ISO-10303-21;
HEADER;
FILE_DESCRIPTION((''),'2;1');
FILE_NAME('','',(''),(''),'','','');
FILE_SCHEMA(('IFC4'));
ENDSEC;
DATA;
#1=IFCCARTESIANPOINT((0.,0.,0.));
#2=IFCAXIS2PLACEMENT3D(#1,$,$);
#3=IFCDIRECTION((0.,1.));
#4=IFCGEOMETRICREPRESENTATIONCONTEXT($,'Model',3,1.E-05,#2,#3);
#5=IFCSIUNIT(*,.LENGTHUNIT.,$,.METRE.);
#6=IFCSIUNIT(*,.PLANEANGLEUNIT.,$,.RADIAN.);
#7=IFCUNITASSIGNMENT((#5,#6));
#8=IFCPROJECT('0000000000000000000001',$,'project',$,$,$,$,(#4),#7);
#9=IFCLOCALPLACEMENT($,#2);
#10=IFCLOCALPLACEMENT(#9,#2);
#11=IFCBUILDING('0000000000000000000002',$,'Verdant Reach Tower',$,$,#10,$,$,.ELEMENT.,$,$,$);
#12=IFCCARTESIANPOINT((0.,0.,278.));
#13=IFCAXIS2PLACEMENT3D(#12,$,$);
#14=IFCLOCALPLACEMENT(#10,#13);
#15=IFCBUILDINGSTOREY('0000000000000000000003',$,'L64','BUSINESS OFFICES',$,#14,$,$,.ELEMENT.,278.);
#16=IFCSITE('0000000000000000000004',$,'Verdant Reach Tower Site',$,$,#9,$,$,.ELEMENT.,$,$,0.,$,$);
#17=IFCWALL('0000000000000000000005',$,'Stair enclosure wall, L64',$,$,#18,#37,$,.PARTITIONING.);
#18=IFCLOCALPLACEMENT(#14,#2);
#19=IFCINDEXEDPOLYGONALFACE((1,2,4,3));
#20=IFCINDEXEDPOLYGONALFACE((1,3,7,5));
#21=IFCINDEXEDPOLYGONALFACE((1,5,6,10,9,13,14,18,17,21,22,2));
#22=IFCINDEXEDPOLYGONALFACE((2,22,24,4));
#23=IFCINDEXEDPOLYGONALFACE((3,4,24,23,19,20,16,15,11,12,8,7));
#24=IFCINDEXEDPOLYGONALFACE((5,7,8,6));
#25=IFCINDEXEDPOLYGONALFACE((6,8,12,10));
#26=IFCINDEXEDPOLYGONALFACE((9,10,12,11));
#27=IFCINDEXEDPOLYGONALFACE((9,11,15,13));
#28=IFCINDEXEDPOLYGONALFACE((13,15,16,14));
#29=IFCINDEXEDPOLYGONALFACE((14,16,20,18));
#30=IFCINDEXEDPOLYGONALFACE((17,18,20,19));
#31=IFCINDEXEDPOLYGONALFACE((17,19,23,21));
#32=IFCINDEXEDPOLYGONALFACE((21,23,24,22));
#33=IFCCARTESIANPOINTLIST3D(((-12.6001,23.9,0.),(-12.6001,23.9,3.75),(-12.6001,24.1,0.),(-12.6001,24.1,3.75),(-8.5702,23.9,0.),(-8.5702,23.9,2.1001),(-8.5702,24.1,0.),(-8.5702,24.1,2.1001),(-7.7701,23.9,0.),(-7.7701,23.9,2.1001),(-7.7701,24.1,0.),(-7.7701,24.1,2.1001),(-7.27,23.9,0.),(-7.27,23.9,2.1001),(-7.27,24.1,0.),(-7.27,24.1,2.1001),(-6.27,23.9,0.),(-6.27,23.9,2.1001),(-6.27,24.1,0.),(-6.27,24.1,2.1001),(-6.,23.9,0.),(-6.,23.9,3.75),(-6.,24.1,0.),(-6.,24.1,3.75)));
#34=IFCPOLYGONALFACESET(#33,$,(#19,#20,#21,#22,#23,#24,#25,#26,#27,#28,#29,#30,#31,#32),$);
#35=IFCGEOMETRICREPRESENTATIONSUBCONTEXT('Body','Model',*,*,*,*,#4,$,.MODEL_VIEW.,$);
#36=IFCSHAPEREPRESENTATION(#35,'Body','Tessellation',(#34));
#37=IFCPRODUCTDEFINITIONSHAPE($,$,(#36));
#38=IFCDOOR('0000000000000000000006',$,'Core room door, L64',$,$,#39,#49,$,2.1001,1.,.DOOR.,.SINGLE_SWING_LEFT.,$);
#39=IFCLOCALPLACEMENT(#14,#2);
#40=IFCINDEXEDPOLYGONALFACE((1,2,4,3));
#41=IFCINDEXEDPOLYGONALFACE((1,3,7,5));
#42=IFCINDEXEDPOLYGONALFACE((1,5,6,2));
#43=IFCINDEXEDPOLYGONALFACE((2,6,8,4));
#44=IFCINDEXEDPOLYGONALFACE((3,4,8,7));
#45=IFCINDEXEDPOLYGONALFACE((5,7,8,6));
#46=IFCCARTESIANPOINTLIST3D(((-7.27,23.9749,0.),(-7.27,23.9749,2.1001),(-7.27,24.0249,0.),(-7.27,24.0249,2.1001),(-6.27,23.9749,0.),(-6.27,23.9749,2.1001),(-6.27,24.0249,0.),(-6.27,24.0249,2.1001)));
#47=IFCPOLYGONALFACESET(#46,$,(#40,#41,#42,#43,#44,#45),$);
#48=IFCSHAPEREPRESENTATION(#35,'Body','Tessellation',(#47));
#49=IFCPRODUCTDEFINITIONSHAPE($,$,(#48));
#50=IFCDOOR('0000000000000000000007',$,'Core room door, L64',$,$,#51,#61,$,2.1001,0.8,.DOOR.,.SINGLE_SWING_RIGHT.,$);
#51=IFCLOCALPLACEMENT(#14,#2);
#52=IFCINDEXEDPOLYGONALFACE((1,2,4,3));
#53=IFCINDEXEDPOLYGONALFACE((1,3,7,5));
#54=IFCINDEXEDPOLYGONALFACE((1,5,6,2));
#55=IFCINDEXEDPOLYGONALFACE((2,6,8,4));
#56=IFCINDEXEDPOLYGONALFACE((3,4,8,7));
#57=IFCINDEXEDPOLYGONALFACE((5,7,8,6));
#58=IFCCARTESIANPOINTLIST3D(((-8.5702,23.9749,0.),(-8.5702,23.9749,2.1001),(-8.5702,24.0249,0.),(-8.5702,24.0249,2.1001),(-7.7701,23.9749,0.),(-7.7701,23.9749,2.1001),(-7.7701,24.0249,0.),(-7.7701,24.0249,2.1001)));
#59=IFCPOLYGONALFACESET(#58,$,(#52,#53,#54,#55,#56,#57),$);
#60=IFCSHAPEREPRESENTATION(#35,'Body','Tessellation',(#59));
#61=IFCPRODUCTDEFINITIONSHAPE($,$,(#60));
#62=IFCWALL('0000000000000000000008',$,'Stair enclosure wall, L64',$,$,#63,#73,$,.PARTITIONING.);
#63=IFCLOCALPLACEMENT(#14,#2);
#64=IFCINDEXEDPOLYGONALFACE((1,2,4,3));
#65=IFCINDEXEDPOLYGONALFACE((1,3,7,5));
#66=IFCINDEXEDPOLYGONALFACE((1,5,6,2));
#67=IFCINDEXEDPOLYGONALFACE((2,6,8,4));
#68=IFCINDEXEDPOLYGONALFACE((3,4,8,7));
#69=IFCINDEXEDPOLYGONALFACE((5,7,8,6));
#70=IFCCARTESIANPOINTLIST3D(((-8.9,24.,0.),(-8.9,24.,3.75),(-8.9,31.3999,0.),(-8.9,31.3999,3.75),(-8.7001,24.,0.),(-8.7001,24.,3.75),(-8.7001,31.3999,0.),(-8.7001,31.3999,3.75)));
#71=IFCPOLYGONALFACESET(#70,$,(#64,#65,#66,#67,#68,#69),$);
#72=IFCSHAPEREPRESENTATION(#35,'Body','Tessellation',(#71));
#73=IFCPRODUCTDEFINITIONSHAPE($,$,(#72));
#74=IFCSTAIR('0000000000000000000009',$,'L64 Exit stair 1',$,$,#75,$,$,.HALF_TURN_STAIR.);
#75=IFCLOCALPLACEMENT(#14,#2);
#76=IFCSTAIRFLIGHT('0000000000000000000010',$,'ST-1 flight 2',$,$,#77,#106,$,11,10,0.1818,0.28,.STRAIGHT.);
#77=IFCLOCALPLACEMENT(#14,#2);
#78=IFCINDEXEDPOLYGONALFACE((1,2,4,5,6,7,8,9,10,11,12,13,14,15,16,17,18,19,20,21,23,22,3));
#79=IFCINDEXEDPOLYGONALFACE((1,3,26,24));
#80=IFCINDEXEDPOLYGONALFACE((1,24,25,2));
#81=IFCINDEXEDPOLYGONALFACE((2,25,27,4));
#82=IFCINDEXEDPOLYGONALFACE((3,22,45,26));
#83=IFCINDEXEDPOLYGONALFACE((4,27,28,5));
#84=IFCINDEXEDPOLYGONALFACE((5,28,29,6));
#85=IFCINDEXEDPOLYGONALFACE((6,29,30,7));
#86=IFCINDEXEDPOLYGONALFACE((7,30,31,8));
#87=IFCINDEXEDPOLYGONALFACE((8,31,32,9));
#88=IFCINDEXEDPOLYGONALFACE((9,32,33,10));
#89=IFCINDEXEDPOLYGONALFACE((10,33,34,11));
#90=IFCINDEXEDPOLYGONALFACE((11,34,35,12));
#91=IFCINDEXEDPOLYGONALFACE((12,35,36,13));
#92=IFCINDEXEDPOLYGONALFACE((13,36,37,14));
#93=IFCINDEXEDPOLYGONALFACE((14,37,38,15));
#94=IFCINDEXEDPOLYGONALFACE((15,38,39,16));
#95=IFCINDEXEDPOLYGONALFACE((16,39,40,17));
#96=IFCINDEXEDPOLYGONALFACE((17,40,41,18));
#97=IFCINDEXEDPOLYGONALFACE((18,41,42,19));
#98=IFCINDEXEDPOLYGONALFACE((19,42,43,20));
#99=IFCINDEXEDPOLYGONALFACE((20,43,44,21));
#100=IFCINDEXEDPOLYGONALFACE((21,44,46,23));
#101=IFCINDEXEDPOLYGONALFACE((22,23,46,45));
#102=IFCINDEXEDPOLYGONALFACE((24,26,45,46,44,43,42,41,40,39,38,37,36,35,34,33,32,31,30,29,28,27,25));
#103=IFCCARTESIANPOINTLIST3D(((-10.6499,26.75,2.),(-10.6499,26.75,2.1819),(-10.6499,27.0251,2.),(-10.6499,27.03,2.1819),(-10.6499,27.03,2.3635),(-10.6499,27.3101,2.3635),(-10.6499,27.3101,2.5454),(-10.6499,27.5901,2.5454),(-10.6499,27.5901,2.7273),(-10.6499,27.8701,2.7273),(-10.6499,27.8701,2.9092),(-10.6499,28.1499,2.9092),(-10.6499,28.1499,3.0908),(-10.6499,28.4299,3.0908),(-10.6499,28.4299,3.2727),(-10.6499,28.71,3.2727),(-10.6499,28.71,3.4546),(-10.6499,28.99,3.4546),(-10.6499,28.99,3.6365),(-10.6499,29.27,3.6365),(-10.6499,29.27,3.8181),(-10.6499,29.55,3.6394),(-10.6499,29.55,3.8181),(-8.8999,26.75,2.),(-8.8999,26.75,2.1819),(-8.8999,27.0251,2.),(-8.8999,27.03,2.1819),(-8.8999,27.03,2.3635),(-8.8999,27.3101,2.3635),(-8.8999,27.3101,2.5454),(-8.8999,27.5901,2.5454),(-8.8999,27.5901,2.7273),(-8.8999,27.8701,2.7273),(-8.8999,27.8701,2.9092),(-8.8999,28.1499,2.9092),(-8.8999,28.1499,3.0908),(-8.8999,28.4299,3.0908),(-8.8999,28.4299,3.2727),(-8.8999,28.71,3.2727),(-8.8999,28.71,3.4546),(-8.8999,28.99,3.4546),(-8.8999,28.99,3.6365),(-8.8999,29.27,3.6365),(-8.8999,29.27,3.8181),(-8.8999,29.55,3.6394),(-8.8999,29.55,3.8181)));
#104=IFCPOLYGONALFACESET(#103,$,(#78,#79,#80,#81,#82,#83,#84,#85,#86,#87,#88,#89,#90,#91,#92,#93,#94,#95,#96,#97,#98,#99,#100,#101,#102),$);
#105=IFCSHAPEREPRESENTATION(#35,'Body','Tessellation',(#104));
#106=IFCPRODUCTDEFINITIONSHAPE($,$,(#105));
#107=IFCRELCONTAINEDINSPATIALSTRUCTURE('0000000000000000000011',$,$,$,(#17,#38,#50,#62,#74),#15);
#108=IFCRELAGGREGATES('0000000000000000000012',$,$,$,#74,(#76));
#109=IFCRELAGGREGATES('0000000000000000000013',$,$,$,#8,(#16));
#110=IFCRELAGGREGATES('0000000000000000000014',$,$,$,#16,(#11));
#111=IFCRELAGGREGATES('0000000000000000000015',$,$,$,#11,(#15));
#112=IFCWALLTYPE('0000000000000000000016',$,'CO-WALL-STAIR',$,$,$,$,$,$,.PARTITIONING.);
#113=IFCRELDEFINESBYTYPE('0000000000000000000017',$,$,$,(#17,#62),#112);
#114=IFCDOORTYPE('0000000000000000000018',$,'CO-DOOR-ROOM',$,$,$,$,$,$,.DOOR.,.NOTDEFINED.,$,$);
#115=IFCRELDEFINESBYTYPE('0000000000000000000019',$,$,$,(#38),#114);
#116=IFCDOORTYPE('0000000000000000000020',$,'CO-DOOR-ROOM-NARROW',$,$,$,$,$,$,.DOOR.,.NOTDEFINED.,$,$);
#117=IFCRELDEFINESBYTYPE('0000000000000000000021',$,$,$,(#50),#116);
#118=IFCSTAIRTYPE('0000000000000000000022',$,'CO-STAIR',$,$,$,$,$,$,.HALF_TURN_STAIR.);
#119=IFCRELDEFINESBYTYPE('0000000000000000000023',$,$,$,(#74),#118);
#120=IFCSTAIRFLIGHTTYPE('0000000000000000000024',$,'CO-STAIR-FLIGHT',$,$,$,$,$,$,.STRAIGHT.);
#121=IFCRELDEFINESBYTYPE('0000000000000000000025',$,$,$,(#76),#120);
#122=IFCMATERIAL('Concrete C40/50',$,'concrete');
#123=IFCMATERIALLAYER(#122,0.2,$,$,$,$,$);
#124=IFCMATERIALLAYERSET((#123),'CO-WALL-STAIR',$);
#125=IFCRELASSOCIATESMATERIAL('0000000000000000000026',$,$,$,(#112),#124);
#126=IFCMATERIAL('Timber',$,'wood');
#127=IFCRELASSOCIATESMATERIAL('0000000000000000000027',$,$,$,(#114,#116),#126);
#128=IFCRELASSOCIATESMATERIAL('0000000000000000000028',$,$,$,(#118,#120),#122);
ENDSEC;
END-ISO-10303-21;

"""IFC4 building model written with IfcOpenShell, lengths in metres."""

from ifc_helpers import new_model, si_unit, direction, frame, frame_2d, origin, place, context, subcontext, project, spatial, polyline, rectangle, outline, extrude, material, layer, layer_set, type_object, element, fill, aggregate, save


model = new_model("IFC4")

# Units and contexts
model_context = context("Model", 3, precision=1e-05, world=origin(), true_north=direction((0.0, 1.0)))
body_context = subcontext(model_context, "Body", "Model", "MODEL_VIEW")
ifc_project = project(units=[si_unit("LENGTHUNIT", "METRE"), si_unit("PLANEANGLEUNIT", "RADIAN")], contexts=[model_context])

# Site, building, storey
site_placement = place(None, origin())
site = spatial("IfcSite", under=ifc_project, at=site_placement, Name="Verdant Reach Tower Site", CompositionType="ELEMENT", RefElevation=0.0)
building_placement = place(site_placement, origin())
building = spatial("IfcBuilding", under=site, at=building_placement, Name="Verdant Reach Tower", CompositionType="ELEMENT")
storey_placement = place(building_placement, frame((0.0, 0.0, 278.0)))
storey = spatial("IfcBuildingStorey", under=building, at=storey_placement, Name="L64", Description="BUSINESS OFFICES", CompositionType="ELEMENT", Elevation=278.0)

# Shared definitions
ifc_material_1 = material(Name="Concrete C40/50", Category="concrete")

# Wall, openings, doors
ifc_layer_1 = layer(ifc_material_1, 0.2)
ifc_layer_set_1 = layer_set([ifc_layer_1], Name="CO-WALL-STAIR")
wall_type_1 = type_object("IfcWallType", Name="CO-WALL-STAIR", PredefinedType="PARTITIONING", material=ifc_layer_set_1)
wall_1_placement = place(storey_placement, frame((-12.6001, 24.0, 0.0), z_axis=(0.0, 0.0, 1.0), x_axis=(1.0, 0.0, 0.0)))
wall_1 = element("IfcWall", 1, at=wall_1_placement, inside=storey, type_object=wall_type_1, Name="Stair enclosure wall, L64", PredefinedType="PARTITIONING", context=body_context, shape_type="SweptSolid", body=[
    extrude(rectangle(XDim=6.6001, YDim=0.2, at=frame_2d((3.3, 0.0))), origin(), (0.0, 0.0, 1.0), 3.75),
])
opening_1_placement = place(wall_1_placement, frame((4.03, 0.0, 0.0)))
opening_1 = element("IfcOpeningElement", 2, at=opening_1_placement, cuts=wall_1, PredefinedType="OPENING", context=body_context, shape_type="SweptSolid", body=[
    extrude(rectangle(XDim=0.8, YDim=2.1001, at=frame_2d((0.3999, 1.05))), frame((0.0, 0.1099, 0.0), z_axis=(0.0, -1.0, 0.0), x_axis=(1.0, 0.0, 0.0)), (0.0, 0.0, 1.0), 0.22),
])
opening_2_placement = place(wall_1_placement, frame((5.3301, 0.0, 0.0)))
opening_2 = element("IfcOpeningElement", 3, at=opening_2_placement, cuts=wall_1, PredefinedType="OPENING", context=body_context, shape_type="SweptSolid", body=[
    extrude(rectangle(XDim=1.0, YDim=2.1001, at=frame_2d((0.5, 1.05))), frame((0.0, 0.1099, 0.0), z_axis=(0.0, -1.0, 0.0), x_axis=(1.0, 0.0, 0.0)), (0.0, 0.0, 1.0), 0.22),
])
ifc_material_2 = material(Name="Timber", Category="wood")
door_type_1 = type_object("IfcDoorType", Name="CO-DOOR-ROOM", OperationType="NOTDEFINED", PredefinedType="DOOR", material=ifc_material_2)
door_1_placement = place(opening_2_placement, origin())
door_1 = element("IfcDoor", 4, at=door_1_placement, inside=storey, type_object=door_type_1, Name="Core room door, L64", OperationType="SINGLE_SWING_LEFT", OverallHeight=2.1001, OverallWidth=1.0, PredefinedType="DOOR", context=body_context, shape_type="SweptSolid", body=[
    extrude(rectangle(XDim=1.0, YDim=2.1001, at=frame_2d((0.5, 1.05))), frame((0.0, 0.0249, 0.0), z_axis=(0.0, -1.0, 0.0), x_axis=(1.0, 0.0, 0.0)), (0.0, 0.0, 1.0), 0.05),
])
fill(opening_2, door_1)
door_type_2 = type_object("IfcDoorType", Name="CO-DOOR-ROOM-NARROW", OperationType="NOTDEFINED", PredefinedType="DOOR", material=ifc_material_2)
door_2_placement = place(opening_1_placement, origin())
door_2 = element("IfcDoor", 5, at=door_2_placement, inside=storey, type_object=door_type_2, Name="Core room door, L64", OperationType="SINGLE_SWING_RIGHT", OverallHeight=2.1001, OverallWidth=0.8, PredefinedType="DOOR", context=body_context, shape_type="SweptSolid", body=[
    extrude(rectangle(XDim=0.8, YDim=2.1001, at=frame_2d((0.3999, 1.05))), frame((0.0, 0.0249, 0.0), z_axis=(0.0, -1.0, 0.0), x_axis=(1.0, 0.0, 0.0)), (0.0, 0.0, 1.0), 0.05),
])
fill(opening_1, door_2)

# Wall
wall_2_placement = place(storey_placement, frame((-8.8, 24.0, 0.0), z_axis=(0.0, 0.0, 1.0), x_axis=(0.0, 1.0, 0.0)))
element("IfcWall", 6, at=wall_2_placement, inside=storey, type_object=wall_type_1, Name="Stair enclosure wall, L64", PredefinedType="PARTITIONING", context=body_context, shape_type="SweptSolid", body=[
    extrude(rectangle(XDim=7.3999, YDim=0.2, at=frame_2d((3.7, 0.0))), origin(), (0.0, 0.0, 1.0), 3.75),
])

# Stair, stair flight
stair_type = type_object("IfcStairType", Name="CO-STAIR", PredefinedType="HALF_TURN_STAIR", material=ifc_material_1)
stair_placement = place(storey_placement, origin())
stair = element("IfcStair", 7, at=stair_placement, inside=storey, type_object=stair_type, Name="L64 Exit stair 1", PredefinedType="HALF_TURN_STAIR")
stair_flight_type = type_object("IfcStairFlightType", Name="CO-STAIR-FLIGHT", PredefinedType="STRAIGHT", material=ifc_material_1)
stair_flight_placement = place(storey_placement, frame((-9.7749, 26.75, 2.0), z_axis=(0.0, 0.0, 1.0), x_axis=(0.0, 1.0, 0.0)))
stair_flight = element("IfcStairFlight", 8, at=stair_flight_placement, type_object=stair_flight_type, Name="ST-1 flight 2", NumberOfRisers=11, NumberOfTreads=10, PredefinedType="STRAIGHT", RiserHeight=0.1818, TreadLength=0.28, context=body_context, shape_type="SweptSolid", body=[
    extrude(outline(polyline([(0.0, 0.0), (0.0, 0.1819), (0.28, 0.1819), (0.28, 0.3635), (0.5601, 0.3635), (0.5601, 0.5454), (0.8401, 0.5454), (0.8401, 0.7273), (1.1201, 0.7273), (1.1201, 0.9092), (1.3999, 0.9092), (1.3999, 1.0908), (1.6799, 1.0908), (1.6799, 1.2727), (1.96, 1.2727), (1.96, 1.4546), (2.24, 1.4546), (2.24, 1.6365), (2.52, 1.6365), (2.52, 1.8181), (2.8, 1.8181), (2.8, 2.0), (2.8, 1.6394), (0.2751, 0.0), (0.0, 0.0)])), frame((0.0, 0.875, 0.0), z_axis=(0.0, -1.0, 0.0), x_axis=(1.0, 0.0, 0.0)), (0.0, 0.0, 1.0), 1.75),
])
aggregate(stair, [stair_flight])

save(model, "model.ifc")
